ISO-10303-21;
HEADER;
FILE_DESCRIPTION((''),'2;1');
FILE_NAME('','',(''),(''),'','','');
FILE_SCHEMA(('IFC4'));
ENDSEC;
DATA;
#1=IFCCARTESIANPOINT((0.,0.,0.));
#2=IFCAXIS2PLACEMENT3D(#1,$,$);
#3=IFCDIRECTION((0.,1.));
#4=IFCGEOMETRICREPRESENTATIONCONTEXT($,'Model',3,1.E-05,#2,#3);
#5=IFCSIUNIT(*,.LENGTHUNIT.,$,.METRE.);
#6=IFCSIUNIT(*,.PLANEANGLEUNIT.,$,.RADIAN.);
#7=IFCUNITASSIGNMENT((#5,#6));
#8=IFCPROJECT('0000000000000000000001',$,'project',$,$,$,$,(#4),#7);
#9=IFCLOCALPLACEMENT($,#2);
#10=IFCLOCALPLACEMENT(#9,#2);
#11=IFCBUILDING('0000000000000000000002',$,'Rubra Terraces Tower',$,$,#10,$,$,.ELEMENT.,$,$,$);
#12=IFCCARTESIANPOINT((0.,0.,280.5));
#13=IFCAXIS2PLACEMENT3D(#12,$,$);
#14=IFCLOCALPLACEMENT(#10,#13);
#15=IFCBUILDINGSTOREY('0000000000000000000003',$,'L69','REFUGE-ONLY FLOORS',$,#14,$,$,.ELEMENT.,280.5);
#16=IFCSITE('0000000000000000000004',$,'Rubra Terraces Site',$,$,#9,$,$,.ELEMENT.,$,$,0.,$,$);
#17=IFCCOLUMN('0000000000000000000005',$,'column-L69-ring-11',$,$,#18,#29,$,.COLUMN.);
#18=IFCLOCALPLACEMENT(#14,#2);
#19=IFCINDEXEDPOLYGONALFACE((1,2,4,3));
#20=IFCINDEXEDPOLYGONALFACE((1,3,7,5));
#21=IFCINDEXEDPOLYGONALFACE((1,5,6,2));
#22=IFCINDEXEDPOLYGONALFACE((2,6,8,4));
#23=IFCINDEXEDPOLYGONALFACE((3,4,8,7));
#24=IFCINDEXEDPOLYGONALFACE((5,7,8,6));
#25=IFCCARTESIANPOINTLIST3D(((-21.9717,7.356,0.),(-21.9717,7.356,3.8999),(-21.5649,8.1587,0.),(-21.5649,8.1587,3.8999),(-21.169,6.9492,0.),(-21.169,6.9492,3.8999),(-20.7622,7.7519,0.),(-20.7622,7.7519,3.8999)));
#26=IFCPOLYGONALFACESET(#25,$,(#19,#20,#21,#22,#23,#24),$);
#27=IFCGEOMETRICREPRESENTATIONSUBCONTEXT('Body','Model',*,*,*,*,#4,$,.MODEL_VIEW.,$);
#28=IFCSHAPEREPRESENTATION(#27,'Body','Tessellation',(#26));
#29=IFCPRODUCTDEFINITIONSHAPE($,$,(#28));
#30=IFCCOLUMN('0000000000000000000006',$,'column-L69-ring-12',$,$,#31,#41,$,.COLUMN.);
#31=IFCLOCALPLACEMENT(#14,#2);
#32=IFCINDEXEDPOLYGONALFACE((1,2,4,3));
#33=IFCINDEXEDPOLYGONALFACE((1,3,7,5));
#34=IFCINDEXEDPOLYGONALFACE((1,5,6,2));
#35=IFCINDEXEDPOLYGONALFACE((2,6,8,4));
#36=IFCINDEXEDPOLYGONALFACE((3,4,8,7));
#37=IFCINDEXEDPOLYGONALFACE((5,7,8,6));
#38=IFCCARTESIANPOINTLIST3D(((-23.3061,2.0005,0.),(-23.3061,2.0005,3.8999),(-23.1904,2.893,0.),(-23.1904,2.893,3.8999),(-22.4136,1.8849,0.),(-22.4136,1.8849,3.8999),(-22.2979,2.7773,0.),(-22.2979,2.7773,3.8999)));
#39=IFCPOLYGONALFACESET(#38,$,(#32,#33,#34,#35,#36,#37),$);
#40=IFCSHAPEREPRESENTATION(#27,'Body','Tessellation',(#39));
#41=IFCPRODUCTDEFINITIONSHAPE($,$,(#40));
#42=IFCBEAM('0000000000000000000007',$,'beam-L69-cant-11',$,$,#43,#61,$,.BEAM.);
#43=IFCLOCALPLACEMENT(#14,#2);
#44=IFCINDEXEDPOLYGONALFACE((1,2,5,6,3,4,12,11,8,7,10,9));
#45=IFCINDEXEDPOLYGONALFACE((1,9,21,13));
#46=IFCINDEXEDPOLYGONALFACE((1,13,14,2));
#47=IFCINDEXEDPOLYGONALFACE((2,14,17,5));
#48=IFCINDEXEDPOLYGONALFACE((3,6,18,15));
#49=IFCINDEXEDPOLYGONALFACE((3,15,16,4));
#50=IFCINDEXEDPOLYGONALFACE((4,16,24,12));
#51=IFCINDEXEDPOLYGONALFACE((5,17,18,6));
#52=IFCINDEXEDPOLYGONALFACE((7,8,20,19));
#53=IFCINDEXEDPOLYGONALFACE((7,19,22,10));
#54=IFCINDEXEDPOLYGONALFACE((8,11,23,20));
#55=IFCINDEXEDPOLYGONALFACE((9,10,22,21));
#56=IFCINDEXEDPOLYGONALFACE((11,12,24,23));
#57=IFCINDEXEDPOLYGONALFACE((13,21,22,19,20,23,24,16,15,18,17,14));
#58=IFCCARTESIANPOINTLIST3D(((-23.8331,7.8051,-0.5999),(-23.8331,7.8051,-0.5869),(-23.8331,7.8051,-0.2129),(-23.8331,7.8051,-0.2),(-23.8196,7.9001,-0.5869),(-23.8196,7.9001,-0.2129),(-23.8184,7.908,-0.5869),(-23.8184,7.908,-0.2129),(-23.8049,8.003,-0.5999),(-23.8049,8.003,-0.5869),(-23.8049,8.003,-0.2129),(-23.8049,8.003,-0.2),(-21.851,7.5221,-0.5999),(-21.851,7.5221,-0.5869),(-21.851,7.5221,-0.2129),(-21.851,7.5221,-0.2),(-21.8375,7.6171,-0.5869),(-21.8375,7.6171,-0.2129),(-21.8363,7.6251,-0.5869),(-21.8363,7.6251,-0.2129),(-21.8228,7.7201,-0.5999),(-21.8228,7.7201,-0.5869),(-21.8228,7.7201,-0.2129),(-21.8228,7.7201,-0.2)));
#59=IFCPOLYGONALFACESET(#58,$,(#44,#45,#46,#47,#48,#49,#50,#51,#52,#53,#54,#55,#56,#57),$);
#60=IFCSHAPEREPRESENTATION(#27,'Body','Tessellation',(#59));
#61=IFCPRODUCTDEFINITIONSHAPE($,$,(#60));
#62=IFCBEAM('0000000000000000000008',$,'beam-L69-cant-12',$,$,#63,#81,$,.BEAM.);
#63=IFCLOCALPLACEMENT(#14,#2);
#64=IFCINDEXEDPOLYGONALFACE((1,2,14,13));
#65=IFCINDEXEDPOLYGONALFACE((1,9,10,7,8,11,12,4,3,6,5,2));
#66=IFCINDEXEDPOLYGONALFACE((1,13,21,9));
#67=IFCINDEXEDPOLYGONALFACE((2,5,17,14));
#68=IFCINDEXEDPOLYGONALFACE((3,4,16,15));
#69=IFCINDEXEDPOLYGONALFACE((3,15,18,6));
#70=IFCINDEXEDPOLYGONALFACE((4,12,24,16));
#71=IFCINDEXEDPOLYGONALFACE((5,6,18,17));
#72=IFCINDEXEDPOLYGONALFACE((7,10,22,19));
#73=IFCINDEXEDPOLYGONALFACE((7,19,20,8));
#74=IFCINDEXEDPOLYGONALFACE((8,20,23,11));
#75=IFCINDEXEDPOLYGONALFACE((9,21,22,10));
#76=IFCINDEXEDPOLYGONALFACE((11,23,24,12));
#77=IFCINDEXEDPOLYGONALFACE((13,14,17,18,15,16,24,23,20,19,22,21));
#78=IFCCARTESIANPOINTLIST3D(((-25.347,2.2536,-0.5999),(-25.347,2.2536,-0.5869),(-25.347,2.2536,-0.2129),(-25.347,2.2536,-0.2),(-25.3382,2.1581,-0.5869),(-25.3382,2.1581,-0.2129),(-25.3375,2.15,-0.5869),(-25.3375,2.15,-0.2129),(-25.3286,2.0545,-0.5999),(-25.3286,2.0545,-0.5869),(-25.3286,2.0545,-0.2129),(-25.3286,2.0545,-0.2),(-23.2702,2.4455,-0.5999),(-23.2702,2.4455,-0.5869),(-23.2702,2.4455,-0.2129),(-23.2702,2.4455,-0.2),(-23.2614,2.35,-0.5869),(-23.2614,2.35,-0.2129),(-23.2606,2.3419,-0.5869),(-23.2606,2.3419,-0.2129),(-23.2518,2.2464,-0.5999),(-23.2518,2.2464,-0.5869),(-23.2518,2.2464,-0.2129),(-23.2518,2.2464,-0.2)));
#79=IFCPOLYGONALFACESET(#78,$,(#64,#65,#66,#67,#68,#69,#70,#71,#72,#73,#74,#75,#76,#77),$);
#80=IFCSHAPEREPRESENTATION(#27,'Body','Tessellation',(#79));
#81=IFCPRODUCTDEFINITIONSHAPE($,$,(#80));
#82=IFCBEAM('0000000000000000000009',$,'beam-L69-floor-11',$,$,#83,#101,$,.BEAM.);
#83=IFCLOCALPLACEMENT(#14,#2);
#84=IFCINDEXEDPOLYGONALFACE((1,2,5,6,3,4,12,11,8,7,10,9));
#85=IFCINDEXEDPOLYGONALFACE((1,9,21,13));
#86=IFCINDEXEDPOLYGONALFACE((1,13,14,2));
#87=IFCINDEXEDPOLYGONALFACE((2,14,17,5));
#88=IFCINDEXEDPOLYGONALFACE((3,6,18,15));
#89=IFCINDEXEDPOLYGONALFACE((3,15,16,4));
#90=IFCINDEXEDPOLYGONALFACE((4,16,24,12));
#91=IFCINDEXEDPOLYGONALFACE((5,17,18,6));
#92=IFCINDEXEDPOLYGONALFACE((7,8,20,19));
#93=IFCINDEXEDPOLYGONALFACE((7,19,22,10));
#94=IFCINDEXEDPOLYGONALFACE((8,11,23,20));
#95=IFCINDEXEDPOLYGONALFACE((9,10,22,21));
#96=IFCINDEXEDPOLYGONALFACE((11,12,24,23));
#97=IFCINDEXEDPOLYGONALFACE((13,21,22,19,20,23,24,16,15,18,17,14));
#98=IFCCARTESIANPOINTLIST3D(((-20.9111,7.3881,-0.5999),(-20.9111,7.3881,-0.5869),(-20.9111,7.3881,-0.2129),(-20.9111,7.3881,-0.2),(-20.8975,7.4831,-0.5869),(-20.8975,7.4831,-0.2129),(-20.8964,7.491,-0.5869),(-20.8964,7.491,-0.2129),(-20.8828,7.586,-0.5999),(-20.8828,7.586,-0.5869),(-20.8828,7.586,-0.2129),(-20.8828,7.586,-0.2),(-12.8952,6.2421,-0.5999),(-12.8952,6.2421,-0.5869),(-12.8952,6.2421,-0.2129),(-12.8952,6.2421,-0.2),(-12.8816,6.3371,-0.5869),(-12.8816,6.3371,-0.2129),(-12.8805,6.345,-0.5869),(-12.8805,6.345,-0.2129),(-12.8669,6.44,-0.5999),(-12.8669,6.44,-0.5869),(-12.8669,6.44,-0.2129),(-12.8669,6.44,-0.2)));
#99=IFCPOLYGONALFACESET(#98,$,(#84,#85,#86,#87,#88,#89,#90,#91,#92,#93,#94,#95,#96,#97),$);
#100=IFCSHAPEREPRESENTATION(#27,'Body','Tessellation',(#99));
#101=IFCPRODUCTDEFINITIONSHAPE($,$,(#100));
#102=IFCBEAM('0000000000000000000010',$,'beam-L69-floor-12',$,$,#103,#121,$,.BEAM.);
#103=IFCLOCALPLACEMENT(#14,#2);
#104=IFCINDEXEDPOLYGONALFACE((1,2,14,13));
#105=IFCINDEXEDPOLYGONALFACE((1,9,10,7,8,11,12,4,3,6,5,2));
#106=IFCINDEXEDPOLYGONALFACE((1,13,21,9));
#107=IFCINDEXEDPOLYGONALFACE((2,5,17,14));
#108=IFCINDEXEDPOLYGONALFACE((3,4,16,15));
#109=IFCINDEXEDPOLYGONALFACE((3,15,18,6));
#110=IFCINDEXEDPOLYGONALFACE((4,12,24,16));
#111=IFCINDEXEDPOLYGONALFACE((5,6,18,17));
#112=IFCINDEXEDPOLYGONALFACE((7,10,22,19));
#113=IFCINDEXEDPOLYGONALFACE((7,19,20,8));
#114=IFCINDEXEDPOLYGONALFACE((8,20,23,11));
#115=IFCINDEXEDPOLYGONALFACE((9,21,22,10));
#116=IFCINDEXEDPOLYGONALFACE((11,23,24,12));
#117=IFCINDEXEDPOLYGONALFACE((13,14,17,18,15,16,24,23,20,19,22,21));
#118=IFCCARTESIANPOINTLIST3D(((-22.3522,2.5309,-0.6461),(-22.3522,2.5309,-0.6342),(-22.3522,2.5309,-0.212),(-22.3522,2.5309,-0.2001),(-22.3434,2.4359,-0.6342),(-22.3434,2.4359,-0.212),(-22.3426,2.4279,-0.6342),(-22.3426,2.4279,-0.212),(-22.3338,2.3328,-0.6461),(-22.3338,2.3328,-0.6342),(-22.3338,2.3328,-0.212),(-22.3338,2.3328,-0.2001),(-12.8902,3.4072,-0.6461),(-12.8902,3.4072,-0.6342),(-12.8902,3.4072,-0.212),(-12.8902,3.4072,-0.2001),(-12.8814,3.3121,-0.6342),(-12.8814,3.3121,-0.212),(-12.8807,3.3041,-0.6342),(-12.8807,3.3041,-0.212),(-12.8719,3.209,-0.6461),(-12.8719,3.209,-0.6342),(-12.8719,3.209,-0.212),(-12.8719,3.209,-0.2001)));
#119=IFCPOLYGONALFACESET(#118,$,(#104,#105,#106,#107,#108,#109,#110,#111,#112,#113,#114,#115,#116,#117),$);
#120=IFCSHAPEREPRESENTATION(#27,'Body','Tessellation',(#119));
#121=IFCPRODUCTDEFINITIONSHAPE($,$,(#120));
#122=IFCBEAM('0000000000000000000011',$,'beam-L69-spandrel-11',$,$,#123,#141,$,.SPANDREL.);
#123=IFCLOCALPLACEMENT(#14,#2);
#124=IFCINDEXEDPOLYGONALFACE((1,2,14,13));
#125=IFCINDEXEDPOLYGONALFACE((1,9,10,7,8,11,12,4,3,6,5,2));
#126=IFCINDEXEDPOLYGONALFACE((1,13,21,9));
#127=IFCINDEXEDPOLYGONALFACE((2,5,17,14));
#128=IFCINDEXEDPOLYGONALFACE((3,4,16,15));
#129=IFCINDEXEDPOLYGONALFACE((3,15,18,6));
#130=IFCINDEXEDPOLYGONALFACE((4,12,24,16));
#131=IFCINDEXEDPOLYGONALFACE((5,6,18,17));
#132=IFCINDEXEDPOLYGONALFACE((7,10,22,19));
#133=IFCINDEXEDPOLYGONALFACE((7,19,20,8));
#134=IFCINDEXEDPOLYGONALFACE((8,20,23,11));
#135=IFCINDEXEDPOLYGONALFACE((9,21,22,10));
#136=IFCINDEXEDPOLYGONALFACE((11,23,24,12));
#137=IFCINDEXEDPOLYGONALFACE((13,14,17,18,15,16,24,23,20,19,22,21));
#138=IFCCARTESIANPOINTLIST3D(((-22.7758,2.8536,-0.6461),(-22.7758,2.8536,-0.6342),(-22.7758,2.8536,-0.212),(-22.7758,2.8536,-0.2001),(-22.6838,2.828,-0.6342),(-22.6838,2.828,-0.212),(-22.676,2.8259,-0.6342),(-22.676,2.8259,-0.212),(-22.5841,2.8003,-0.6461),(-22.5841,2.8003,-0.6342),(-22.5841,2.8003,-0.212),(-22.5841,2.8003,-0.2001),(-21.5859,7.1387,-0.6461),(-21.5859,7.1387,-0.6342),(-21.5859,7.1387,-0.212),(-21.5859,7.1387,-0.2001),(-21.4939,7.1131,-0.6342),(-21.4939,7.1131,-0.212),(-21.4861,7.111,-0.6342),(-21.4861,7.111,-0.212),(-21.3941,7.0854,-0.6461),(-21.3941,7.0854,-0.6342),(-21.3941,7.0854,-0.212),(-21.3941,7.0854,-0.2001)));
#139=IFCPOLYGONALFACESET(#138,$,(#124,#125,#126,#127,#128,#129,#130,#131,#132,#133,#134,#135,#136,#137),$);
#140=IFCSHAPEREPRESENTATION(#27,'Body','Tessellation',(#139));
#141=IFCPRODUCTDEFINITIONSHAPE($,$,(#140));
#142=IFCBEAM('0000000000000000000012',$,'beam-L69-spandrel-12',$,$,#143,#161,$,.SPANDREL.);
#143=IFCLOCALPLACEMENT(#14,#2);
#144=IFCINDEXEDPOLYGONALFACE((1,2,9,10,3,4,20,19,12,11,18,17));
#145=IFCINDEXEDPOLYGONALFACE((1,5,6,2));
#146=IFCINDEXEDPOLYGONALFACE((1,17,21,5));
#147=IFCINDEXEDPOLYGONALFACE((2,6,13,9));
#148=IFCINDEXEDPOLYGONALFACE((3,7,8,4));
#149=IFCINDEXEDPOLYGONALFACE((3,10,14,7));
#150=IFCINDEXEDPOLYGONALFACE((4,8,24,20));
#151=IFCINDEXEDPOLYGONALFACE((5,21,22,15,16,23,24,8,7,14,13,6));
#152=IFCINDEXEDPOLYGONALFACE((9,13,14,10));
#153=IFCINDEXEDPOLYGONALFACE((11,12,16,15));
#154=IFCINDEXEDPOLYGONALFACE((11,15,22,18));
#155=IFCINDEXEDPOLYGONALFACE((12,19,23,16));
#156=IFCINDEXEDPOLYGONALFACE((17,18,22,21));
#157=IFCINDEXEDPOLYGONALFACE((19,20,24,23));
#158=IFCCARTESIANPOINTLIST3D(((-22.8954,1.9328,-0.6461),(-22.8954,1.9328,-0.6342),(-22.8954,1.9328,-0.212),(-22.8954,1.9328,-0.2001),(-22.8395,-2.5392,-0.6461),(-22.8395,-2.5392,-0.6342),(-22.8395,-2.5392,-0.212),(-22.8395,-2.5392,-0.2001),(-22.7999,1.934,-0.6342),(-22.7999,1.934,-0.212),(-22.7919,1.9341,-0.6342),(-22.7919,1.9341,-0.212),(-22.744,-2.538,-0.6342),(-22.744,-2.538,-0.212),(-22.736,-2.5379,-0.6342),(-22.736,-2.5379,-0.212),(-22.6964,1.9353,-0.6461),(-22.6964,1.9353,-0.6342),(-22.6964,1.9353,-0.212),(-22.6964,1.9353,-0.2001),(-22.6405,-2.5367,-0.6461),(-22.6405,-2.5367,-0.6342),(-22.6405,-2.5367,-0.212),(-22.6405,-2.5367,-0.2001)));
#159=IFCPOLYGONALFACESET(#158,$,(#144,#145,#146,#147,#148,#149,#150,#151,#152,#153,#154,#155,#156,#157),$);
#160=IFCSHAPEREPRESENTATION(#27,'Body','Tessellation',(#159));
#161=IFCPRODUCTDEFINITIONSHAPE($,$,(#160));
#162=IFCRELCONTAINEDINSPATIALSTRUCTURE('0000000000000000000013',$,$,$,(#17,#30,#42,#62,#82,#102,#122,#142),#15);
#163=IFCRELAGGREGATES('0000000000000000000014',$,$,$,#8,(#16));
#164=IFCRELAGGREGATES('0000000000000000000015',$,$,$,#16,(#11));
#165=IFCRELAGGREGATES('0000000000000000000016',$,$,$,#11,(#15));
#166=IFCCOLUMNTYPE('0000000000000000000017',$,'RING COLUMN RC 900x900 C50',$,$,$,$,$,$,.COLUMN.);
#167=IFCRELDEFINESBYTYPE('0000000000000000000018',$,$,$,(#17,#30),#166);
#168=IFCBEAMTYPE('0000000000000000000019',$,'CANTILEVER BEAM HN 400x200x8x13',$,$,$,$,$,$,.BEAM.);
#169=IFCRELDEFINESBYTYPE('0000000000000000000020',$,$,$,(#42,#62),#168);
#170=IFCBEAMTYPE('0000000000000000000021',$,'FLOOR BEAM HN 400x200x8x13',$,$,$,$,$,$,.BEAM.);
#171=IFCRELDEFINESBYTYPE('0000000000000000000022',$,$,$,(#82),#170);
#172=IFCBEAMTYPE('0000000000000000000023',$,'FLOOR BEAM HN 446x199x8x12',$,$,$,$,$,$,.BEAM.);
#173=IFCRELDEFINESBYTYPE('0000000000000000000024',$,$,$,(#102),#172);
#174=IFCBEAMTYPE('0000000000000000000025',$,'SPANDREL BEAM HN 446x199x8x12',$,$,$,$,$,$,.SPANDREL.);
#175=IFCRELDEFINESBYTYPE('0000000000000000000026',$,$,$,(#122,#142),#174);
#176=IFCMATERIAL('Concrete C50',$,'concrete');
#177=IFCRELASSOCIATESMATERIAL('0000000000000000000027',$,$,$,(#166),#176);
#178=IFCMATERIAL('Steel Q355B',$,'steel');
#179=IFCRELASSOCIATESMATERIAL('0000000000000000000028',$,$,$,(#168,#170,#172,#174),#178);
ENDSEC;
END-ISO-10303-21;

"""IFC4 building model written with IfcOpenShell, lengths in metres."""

from ifc_helpers import new_model, si_unit, direction, frame, origin, origin_2d, place, context, subcontext, project, spatial, rectangle, i_section, extrude, material, material_profile, profile_set, type_object, element, save


model = new_model("IFC4")

# Units and contexts
model_context = context("Model", 3, precision=1e-05, world=origin(), true_north=direction((0.0, 1.0)))
body_context = subcontext(model_context, "Body", "Model", "MODEL_VIEW")
ifc_project = project(units=[si_unit("LENGTHUNIT", "METRE"), si_unit("PLANEANGLEUNIT", "RADIAN")], contexts=[model_context])

# Site, building, storey
site_placement = place(None, origin())
site = spatial("IfcSite", under=ifc_project, at=site_placement, Name="Rubra Terraces Site", CompositionType="ELEMENT", RefElevation=0.0)
building_placement = place(site_placement, origin())
building = spatial("IfcBuilding", under=site, at=building_placement, Name="Rubra Terraces Tower", CompositionType="ELEMENT")
storey_placement = place(building_placement, frame((0.0, 0.0, 280.5)))
storey = spatial("IfcBuildingStorey", under=building, at=storey_placement, Name="L69", Description="REFUGE-ONLY FLOORS", CompositionType="ELEMENT", Elevation=280.5)

# Columns
ifc_material_1 = material(Name="Concrete C50", Category="concrete")
ifc_material_profile_1 = material_profile(ifc_material_1, rectangle(XDim=0.8999, YDim=0.8999, at=origin_2d()), Name="RC 900x900")
ifc_profile_set_1 = profile_set([ifc_material_profile_1], Name="Concrete C50")
column_type = type_object("IfcColumnType", Name="RING COLUMN RC 900x900 C50", PredefinedType="COLUMN", material=ifc_profile_set_1)
for number, where, z_axis, x_axis, name in (
    (1, (-21.3669, 7.554, 0.0), (0.0, 0.0, 1.0), (-0.452079, -0.891978, 0.0), "column-L69-ring-11"),
    (2, (-22.802, 2.3889, 0.0), (0.0, 0.0, 1.0), (-0.128535, -0.991705, 0.0), "column-L69-ring-12"),
):
    element("IfcColumn", number, at=place(storey_placement, frame(where, z_axis=z_axis, x_axis=x_axis)), inside=storey, type_object=column_type, Name=name, PredefinedType="COLUMN", context=body_context, shape_type="SweptSolid", body=[
        extrude(rectangle(XDim=0.8999, YDim=0.8999, at=origin_2d()), origin(), (0.0, 0.0, 1.0), 3.8999),
    ])

# Beams
ifc_material_2 = material(Name="Steel Q355B", Category="steel")
ifc_material_profile_2 = material_profile(ifc_material_2, i_section(OverallWidth=0.2, OverallDepth=0.3999, WebThickness=0.0081, FlangeThickness=0.0129, at=origin_2d()), Name="HN 400x200x8x13")
ifc_profile_set_2 = profile_set([ifc_material_profile_2], Name="Steel Q355B")
beam_type_1 = type_object("IfcBeamType", Name="CANTILEVER BEAM HN 400x200x8x13", PredefinedType="BEAM", material=ifc_profile_set_2)
beam_1_placement = place(storey_placement, frame((-21.8369, 7.6211, -0.3999), z_axis=(-0.989964, 0.141319, 0.0), x_axis=(-0.141319, -0.989964, 0.0)))
element("IfcBeam", 3, at=beam_1_placement, inside=storey, type_object=beam_type_1, Name="beam-L69-cant-11", PredefinedType="BEAM", context=body_context, shape_type="SweptSolid", body=[
    extrude(i_section(OverallWidth=0.2, OverallDepth=0.3999, WebThickness=0.0081, FlangeThickness=0.0129, at=origin_2d()), origin(), (0.0, 0.0, 1.0), 2.0022),
])
beam_2_placement = place(storey_placement, frame((-23.261, 2.3459, -0.3999), z_axis=(-0.995759, -0.092003, 0.0), x_axis=(0.092003, -0.995759, 0.0)))
element("IfcBeam", 4, at=beam_2_placement, inside=storey, type_object=beam_type_1, Name="beam-L69-cant-12", PredefinedType="BEAM", context=body_context, shape_type="SweptSolid", body=[
    extrude(i_section(OverallWidth=0.2, OverallDepth=0.3999, WebThickness=0.0081, FlangeThickness=0.0129, at=origin_2d()), origin(), (0.0, 0.0, 1.0), 2.0857),
])
ifc_material_profile_3 = material_profile(ifc_material_2, i_section(OverallWidth=0.2, OverallDepth=0.3999, WebThickness=0.0081, FlangeThickness=0.0129, at=origin_2d()), Name="HN 400x200x8x13")
ifc_profile_set_3 = profile_set([ifc_material_profile_3], Name="Steel Q355B")
beam_type_2 = type_object("IfcBeamType", Name="FLOOR BEAM HN 400x200x8x13", PredefinedType="BEAM", material=ifc_profile_set_3)
beam_3_placement = place(storey_placement, frame((-20.897, 7.4871, -0.3999), z_axis=(0.989934, -0.141527, 0.0), x_axis=(0.141527, 0.989934, 0.0)))
element("IfcBeam", 5, at=beam_3_placement, inside=storey, type_object=beam_type_2, Name="beam-L69-floor-11", PredefinedType="BEAM", context=body_context, shape_type="SweptSolid", body=[
    extrude(i_section(OverallWidth=0.2, OverallDepth=0.3999, WebThickness=0.0081, FlangeThickness=0.0129, at=origin_2d()), origin(), (0.0, 0.0, 1.0), 8.0974),
])
ifc_material_profile_4 = material_profile(ifc_material_2, i_section(OverallWidth=0.199, OverallDepth=0.446, WebThickness=0.0081, FlangeThickness=0.012, at=origin_2d()), Name="HN 446x199x8x12")
ifc_profile_set_4 = profile_set([ifc_material_profile_4], Name="Steel Q355B")
beam_type_3 = type_object("IfcBeamType", Name="FLOOR BEAM HN 446x199x8x12", PredefinedType="BEAM", material=ifc_profile_set_4)
beam_4_placement = place(storey_placement, frame((-22.343, 2.4319, -0.4231), z_axis=(0.99574, 0.09221, 0.0), x_axis=(-0.09221, 0.99574, 0.0)))
element("IfcBeam", 6, at=beam_4_placement, inside=storey, type_object=beam_type_3, Name="beam-L69-floor-12", PredefinedType="BEAM", context=body_context, shape_type="SweptSolid", body=[
    extrude(i_section(OverallWidth=0.199, OverallDepth=0.446, WebThickness=0.0081, FlangeThickness=0.012, at=origin_2d()), origin(), (0.0, 0.0, 1.0), 9.5024),
])
ifc_material_profile_5 = material_profile(ifc_material_2, i_section(OverallWidth=0.199, OverallDepth=0.446, WebThickness=0.0081, FlangeThickness=0.012, at=origin_2d()), Name="HN 446x199x8x12")
ifc_profile_set_5 = profile_set([ifc_material_profile_5], Name="Steel Q355B")
beam_type_4 = type_object("IfcBeamType", Name="SPANDREL BEAM HN 446x199x8x12", PredefinedType="SPANDREL", material=ifc_profile_set_5)
beam_5_placement = place(storey_placement, frame((-21.49, 7.1121, -0.4231), z_axis=(-0.267565, -0.96354, 0.0), x_axis=(0.96354, -0.267565, 0.0)))
element("IfcBeam", 7, at=beam_5_placement, inside=storey, type_object=beam_type_4, Name="beam-L69-spandrel-11", PredefinedType="SPANDREL", context=body_context, shape_type="SweptSolid", body=[
    extrude(i_section(OverallWidth=0.199, OverallDepth=0.446, WebThickness=0.0081, FlangeThickness=0.012, at=origin_2d()), origin(), (0.0, 0.0, 1.0), 4.4473),
])
beam_6_placement = place(storey_placement, frame((-22.7959, 1.9341, -0.4231), z_axis=(0.0125, -0.999922, 0.0), x_axis=(0.999922, 0.0125, 0.0)))
element("IfcBeam", 8, at=beam_6_placement, inside=storey, type_object=beam_type_4, Name="beam-L69-spandrel-12", PredefinedType="SPANDREL", context=body_context, shape_type="SweptSolid", body=[
    extrude(i_section(OverallWidth=0.199, OverallDepth=0.446, WebThickness=0.0081, FlangeThickness=0.012, at=origin_2d()), origin(), (0.0, 0.0, 1.0), 4.4724),
])

save(model, "model.ifc")
